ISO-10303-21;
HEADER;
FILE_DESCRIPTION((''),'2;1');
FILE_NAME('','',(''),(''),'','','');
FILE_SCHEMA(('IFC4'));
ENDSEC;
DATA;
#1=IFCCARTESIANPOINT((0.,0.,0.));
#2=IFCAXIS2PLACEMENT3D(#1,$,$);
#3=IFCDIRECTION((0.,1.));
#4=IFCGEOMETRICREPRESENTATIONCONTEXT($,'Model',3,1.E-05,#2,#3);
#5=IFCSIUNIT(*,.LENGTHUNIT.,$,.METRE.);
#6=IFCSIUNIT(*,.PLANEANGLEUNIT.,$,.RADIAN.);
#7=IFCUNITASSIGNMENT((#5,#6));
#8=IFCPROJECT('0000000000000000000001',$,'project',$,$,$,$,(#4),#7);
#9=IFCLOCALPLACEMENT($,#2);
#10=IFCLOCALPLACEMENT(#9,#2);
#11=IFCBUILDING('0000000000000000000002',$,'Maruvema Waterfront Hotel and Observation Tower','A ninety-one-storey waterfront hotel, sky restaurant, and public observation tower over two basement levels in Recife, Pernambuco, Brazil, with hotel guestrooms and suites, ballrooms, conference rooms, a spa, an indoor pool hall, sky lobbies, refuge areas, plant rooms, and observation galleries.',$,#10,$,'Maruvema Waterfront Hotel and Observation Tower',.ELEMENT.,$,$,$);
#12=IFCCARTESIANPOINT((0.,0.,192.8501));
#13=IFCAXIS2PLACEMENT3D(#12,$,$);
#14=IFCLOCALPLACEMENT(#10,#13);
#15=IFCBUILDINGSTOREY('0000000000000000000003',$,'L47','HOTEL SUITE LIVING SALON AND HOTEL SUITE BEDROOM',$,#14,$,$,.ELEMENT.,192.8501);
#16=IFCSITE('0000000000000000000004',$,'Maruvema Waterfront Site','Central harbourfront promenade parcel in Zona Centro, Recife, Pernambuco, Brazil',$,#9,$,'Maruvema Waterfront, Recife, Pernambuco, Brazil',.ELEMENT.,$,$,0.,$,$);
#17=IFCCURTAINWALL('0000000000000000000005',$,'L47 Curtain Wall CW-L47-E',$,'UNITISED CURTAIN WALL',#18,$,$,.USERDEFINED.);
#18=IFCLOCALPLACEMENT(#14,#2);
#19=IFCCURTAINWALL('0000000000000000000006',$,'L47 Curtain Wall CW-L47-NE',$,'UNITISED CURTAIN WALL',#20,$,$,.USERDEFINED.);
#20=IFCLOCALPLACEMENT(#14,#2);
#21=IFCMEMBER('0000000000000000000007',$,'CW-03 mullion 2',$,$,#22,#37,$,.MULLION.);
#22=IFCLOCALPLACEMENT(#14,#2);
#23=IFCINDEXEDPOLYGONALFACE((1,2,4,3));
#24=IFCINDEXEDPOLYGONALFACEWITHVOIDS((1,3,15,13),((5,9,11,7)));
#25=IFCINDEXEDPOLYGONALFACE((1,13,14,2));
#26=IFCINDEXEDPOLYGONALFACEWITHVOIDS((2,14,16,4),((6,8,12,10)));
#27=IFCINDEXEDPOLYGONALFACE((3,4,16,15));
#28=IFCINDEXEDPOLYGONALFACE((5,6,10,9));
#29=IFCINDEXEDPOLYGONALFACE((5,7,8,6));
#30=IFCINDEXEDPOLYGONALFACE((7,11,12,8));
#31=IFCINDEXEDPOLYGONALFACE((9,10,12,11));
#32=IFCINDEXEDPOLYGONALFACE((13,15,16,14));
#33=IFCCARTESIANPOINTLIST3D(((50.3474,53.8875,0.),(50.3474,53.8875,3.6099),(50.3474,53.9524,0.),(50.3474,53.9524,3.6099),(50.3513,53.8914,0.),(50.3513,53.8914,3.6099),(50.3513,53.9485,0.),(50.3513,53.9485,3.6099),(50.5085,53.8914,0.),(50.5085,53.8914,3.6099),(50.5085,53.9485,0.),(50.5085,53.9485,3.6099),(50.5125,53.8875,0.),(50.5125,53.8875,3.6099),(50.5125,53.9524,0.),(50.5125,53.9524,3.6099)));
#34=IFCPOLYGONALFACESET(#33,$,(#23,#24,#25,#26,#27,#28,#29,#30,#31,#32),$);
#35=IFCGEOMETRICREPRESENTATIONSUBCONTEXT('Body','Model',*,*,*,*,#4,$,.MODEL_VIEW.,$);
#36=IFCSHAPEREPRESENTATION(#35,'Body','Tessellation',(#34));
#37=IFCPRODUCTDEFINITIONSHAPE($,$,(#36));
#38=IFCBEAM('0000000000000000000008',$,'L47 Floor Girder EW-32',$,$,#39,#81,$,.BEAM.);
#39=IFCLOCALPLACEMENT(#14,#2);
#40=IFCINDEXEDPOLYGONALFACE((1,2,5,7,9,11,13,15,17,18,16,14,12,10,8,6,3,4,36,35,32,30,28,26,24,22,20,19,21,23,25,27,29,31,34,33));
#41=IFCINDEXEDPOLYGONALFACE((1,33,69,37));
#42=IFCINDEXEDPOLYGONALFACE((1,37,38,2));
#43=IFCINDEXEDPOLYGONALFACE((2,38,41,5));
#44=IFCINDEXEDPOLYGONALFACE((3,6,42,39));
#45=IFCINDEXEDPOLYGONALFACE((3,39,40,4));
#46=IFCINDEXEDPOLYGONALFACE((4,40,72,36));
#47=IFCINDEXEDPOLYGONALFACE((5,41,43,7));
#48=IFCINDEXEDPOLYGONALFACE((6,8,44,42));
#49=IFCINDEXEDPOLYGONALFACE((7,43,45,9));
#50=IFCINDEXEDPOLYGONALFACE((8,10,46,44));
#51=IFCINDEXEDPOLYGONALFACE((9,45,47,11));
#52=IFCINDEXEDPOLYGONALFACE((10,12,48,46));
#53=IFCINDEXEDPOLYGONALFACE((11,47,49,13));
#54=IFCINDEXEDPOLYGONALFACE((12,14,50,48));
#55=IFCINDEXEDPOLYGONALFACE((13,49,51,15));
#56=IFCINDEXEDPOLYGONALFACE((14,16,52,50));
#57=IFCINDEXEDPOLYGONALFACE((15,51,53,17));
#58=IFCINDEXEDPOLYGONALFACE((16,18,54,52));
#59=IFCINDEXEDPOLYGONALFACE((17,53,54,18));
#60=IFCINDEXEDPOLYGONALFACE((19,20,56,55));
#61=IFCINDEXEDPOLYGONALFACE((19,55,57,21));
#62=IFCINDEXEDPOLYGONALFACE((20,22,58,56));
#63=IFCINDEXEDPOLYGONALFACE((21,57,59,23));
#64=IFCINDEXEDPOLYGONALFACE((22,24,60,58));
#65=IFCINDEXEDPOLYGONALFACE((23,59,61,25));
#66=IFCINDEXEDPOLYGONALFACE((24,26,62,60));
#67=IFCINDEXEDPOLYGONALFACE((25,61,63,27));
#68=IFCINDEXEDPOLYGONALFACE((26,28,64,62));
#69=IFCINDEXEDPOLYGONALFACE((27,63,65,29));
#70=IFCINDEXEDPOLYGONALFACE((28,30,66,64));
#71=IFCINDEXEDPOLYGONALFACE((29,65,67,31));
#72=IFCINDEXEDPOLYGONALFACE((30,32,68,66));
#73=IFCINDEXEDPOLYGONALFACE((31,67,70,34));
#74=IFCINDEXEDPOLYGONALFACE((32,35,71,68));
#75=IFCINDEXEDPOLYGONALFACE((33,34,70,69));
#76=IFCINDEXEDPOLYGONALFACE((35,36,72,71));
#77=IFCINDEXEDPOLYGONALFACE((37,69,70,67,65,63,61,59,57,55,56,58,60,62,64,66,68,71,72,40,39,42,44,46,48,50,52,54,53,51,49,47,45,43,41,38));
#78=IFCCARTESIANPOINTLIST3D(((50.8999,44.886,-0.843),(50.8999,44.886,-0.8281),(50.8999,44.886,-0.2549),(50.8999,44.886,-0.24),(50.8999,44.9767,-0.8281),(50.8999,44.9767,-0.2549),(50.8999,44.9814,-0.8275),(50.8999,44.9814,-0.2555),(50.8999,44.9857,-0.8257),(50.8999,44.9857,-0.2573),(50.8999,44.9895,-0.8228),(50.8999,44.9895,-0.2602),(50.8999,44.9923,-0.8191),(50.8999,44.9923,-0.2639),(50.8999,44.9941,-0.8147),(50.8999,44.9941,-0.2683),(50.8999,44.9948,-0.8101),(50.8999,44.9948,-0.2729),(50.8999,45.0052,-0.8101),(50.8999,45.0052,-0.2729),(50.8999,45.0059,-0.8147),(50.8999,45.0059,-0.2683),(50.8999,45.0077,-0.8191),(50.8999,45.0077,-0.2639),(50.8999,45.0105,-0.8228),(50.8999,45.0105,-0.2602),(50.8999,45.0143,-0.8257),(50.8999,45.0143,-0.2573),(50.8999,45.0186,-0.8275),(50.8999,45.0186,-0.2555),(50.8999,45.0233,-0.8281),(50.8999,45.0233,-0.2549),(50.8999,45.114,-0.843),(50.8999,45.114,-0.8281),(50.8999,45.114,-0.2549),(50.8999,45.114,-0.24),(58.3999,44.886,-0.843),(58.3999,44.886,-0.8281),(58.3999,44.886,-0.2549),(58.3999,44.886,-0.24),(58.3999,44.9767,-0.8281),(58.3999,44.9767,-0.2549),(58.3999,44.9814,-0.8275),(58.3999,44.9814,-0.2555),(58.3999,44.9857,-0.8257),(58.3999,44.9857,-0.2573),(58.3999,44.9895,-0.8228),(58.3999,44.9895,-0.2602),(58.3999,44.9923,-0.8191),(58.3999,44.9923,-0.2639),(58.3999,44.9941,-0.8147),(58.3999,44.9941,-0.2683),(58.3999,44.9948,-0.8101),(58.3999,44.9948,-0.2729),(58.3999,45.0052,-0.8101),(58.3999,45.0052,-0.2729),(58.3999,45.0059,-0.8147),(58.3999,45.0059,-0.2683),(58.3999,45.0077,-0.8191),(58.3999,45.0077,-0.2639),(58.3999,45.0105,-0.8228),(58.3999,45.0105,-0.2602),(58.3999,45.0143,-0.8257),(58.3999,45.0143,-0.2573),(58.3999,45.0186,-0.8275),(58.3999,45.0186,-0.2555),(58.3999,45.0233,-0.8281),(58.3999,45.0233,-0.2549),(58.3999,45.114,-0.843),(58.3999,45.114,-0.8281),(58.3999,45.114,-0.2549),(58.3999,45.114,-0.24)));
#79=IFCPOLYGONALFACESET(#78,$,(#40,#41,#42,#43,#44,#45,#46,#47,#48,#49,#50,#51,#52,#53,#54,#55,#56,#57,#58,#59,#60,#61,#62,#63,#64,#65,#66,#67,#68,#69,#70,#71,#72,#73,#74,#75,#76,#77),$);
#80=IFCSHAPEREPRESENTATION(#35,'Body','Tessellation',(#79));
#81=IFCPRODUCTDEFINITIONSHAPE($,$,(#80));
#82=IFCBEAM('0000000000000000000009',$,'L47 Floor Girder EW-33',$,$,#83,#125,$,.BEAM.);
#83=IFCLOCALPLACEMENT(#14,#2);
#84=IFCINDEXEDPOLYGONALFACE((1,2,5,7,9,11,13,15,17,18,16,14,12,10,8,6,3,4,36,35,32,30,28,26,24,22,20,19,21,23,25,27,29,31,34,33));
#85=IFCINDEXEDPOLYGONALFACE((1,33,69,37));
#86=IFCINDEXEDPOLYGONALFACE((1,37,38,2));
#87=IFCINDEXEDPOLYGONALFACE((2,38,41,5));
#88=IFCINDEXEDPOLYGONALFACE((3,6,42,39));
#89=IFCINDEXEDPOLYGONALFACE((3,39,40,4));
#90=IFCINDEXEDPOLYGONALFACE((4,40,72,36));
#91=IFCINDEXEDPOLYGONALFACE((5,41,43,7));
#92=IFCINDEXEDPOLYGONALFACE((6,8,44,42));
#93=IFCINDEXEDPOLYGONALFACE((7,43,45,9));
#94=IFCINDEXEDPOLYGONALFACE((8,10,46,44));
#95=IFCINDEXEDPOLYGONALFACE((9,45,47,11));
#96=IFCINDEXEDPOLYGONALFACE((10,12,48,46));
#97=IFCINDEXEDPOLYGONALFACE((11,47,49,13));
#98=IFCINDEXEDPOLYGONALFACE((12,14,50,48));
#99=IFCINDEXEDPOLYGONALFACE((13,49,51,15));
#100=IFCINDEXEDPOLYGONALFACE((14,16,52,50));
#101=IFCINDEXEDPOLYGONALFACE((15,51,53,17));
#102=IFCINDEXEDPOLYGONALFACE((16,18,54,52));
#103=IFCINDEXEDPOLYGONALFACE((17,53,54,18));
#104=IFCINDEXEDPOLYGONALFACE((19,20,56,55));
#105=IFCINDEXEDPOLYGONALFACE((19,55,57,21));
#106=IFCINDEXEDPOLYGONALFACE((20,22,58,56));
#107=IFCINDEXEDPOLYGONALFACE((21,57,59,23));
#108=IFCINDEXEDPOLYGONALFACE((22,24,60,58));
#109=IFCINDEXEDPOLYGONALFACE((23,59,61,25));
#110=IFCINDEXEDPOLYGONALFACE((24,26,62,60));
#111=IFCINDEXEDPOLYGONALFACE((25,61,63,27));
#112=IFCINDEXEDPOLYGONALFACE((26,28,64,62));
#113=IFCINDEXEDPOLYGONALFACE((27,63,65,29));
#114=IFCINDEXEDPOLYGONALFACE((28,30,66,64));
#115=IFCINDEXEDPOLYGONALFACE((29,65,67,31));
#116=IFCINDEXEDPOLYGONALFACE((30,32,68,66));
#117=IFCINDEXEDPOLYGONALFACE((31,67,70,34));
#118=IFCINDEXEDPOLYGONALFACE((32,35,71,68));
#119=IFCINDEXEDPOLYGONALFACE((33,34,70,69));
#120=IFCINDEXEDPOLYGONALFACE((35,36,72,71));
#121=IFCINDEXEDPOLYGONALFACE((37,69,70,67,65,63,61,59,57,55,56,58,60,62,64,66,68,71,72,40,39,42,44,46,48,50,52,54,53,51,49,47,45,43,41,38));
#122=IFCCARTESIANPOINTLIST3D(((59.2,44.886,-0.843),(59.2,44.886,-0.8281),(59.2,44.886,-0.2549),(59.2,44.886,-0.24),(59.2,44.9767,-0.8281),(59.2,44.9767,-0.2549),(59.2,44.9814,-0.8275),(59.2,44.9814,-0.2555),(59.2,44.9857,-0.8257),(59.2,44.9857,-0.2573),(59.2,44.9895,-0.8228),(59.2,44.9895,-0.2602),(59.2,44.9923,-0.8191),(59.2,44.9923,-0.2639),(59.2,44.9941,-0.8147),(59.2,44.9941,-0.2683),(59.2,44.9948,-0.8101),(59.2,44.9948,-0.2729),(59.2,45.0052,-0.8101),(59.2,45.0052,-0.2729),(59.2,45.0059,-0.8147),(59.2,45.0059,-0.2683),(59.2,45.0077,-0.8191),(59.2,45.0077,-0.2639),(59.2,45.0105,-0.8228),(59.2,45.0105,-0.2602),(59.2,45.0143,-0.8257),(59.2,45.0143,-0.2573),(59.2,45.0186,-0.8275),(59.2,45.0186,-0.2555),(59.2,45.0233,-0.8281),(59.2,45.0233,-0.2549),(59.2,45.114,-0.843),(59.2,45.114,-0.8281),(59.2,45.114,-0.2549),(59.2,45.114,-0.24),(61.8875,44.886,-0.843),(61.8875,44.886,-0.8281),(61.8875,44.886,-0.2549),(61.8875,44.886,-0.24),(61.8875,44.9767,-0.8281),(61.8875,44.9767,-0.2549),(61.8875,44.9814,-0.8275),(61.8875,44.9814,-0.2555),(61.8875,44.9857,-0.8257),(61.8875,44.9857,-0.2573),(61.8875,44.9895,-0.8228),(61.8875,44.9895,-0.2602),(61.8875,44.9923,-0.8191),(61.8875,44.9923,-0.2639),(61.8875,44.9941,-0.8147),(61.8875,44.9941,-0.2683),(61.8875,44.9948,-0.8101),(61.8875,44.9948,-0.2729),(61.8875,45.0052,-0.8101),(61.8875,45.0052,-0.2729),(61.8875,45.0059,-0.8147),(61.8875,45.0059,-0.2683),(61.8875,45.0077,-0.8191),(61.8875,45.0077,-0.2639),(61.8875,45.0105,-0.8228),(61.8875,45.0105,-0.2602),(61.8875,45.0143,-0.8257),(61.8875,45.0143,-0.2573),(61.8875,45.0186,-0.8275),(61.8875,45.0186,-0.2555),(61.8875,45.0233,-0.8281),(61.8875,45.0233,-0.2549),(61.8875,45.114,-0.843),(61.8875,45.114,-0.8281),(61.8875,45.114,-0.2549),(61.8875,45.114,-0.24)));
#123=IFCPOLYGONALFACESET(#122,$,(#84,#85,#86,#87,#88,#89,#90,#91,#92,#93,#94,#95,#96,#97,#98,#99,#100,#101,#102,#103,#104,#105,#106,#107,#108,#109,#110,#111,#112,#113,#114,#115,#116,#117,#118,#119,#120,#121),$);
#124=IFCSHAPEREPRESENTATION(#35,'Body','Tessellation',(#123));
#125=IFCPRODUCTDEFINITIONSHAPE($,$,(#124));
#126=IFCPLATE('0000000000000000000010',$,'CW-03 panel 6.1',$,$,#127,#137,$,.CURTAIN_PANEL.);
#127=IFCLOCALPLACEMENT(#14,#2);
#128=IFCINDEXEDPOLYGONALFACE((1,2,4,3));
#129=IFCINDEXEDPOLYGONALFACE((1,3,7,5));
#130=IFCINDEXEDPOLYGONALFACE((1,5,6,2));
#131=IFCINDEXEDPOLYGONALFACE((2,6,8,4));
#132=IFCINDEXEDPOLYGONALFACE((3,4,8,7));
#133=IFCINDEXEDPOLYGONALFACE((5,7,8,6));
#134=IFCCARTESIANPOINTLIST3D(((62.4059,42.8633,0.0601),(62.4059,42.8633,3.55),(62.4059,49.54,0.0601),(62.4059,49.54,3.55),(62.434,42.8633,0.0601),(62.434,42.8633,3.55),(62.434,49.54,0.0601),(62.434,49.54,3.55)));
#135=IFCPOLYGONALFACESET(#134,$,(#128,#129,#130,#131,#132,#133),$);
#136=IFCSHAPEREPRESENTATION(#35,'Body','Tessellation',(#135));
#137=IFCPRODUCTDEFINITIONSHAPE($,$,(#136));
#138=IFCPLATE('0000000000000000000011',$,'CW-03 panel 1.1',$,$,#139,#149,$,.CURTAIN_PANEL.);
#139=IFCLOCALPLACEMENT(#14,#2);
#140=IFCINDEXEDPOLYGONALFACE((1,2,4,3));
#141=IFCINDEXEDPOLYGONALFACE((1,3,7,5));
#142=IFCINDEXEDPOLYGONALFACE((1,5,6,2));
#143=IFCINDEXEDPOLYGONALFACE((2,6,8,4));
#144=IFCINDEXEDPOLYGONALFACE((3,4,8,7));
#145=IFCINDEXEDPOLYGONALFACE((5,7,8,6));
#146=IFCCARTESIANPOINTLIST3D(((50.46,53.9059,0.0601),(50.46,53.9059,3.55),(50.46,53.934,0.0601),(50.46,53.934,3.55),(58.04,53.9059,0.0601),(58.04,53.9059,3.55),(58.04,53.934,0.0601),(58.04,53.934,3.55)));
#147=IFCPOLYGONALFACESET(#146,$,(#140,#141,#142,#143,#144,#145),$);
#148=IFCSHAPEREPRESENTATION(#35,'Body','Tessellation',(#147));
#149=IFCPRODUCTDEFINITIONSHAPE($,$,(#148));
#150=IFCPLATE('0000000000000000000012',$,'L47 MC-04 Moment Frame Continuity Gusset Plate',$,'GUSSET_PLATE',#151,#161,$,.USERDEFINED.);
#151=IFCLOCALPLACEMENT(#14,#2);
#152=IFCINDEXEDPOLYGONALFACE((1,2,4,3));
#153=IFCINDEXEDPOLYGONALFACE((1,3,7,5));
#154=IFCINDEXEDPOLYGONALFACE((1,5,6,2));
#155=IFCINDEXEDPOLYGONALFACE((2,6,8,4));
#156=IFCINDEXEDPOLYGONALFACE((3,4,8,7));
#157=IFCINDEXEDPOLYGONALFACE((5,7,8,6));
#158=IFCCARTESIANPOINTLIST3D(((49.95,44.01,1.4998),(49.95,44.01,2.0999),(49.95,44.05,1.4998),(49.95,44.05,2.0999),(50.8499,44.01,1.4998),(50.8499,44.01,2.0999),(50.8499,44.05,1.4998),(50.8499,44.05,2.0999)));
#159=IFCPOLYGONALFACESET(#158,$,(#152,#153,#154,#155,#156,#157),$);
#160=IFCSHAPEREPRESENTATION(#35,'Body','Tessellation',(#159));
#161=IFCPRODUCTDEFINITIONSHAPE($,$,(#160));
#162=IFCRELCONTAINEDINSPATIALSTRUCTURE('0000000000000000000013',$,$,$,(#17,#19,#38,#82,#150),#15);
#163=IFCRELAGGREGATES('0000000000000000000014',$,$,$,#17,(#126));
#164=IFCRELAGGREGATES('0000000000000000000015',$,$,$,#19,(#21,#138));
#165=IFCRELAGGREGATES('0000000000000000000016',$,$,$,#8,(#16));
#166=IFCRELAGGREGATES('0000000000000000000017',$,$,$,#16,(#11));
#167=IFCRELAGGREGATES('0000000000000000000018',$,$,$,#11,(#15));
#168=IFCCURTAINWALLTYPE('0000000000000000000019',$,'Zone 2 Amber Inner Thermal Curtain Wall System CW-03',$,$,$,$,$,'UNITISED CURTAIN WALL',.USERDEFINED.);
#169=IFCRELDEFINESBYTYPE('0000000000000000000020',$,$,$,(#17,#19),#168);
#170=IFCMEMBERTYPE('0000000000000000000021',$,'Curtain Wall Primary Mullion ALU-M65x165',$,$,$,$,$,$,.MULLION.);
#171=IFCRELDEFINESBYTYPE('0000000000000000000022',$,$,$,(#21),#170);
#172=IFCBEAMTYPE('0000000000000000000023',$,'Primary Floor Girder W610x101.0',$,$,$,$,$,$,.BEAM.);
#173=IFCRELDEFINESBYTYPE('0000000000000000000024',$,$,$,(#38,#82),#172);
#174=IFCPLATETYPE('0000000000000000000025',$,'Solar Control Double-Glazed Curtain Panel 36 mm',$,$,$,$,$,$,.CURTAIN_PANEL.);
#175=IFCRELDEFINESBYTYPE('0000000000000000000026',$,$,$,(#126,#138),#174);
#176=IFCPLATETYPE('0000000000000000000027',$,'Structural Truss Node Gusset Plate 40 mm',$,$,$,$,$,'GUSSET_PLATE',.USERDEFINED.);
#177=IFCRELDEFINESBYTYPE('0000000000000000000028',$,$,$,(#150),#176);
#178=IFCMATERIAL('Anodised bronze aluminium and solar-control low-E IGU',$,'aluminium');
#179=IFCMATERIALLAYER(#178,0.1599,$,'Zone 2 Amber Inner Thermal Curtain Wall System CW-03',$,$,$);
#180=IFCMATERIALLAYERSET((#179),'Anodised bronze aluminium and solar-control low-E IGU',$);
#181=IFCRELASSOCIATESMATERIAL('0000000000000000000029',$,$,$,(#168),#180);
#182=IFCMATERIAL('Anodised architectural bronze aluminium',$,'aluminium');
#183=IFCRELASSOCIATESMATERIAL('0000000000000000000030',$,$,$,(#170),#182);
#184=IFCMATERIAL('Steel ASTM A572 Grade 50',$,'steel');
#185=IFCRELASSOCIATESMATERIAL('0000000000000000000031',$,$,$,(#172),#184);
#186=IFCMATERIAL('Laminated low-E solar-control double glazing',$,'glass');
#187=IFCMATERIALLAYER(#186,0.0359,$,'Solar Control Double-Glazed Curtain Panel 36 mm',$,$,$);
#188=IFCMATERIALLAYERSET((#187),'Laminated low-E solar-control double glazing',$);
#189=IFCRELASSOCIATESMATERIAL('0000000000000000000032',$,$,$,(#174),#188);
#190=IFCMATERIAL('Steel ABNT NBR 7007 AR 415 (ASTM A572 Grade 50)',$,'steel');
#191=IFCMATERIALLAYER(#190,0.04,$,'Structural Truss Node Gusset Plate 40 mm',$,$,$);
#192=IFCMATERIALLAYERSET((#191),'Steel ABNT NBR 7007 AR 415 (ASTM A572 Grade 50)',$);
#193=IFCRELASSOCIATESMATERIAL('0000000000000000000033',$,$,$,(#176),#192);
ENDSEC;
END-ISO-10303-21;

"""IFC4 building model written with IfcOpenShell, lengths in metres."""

from ifc_helpers import new_model, si_unit, direction, frame, origin, origin_2d, place, context, subcontext, project, spatial, rectangle, hollow_rectangle, i_section, extrude, material, layer, layer_set, material_profile, profile_set, type_object, element, aggregate, save


model = new_model("IFC4")

# Units and contexts
model_context = context("Model", 3, precision=1e-05, world=origin(), true_north=direction((0.0, 1.0)))
body_context = subcontext(model_context, "Body", "Model", "MODEL_VIEW")
ifc_project = project(units=[si_unit("LENGTHUNIT", "METRE"), si_unit("PLANEANGLEUNIT", "RADIAN")], contexts=[model_context])

# Site, building, storey
site_placement = place(None, origin())
site = spatial("IfcSite", under=ifc_project, at=site_placement, Name="Maruvema Waterfront Site", Description="Central harbourfront promenade parcel in Zona Centro, Recife, Pernambuco, Brazil", LongName="Maruvema Waterfront, Recife, Pernambuco, Brazil", CompositionType="ELEMENT", RefElevation=0.0)
building_placement = place(site_placement, origin())
building = spatial("IfcBuilding", under=site, at=building_placement, Name="Maruvema Waterfront Hotel and Observation Tower", Description="A ninety-one-storey waterfront hotel, sky restaurant, and public observation tower over two basement levels in Recife, Pernambuco, Brazil, with hotel guestrooms and suites, ballrooms, conference rooms, a spa, an indoor pool hall, sky lobbies, refuge areas, plant rooms, and observation galleries.", LongName="Maruvema Waterfront Hotel and Observation Tower", CompositionType="ELEMENT")
storey_placement = place(building_placement, frame((0.0, 0.0, 192.8501)))
storey = spatial("IfcBuildingStorey", under=building, at=storey_placement, Name="L47", Description="HOTEL SUITE LIVING SALON AND HOTEL SUITE BEDROOM", CompositionType="ELEMENT", Elevation=192.8501)

# Curtain walls
ifc_material_1 = material(Name="Anodised bronze aluminium and solar-control low-E IGU", Category="aluminium")
ifc_layer_1 = layer(ifc_material_1, 0.1599, Name="Zone 2 Amber Inner Thermal Curtain Wall System CW-03")
ifc_layer_set_1 = layer_set([ifc_layer_1], Name="Anodised bronze aluminium and solar-control low-E IGU")
curtain_wall_type = type_object("IfcCurtainWallType", Name="Zone 2 Amber Inner Thermal Curtain Wall System CW-03", ElementType="UNITISED CURTAIN WALL", PredefinedType="USERDEFINED", material=ifc_layer_set_1)
curtain_wall_1_placement = place(storey_placement, origin())
curtain_wall_1 = element("IfcCurtainWall", 1, at=curtain_wall_1_placement, inside=storey, type_object=curtain_wall_type, Name="L47 Curtain Wall CW-L47-E", ObjectType="UNITISED CURTAIN WALL", PredefinedType="USERDEFINED")
curtain_wall_2_placement = place(storey_placement, origin())
curtain_wall_2 = element("IfcCurtainWall", 2, at=curtain_wall_2_placement, inside=storey, type_object=curtain_wall_type, Name="L47 Curtain Wall CW-L47-NE", ObjectType="UNITISED CURTAIN WALL", PredefinedType="USERDEFINED")

# Member
ifc_material_2 = material(Name="Anodised architectural bronze aluminium", Category="aluminium")
ifc_material_profile_1 = material_profile(ifc_material_2, hollow_rectangle(XDim=0.0649, YDim=0.165, WallThickness=0.0039, at=origin_2d()), Name="ALU-M65x165")
ifc_profile_set_1 = profile_set([ifc_material_profile_1], Name="Anodised architectural bronze aluminium")
member_type_1 = type_object("IfcMemberType", Name="Curtain Wall Primary Mullion ALU-M65x165", PredefinedType="MULLION", material=ifc_profile_set_1)
member_1_placement = place(storey_placement, frame((50.4299, 53.9199, 0.0), z_axis=(0.0, 0.0, 1.0), x_axis=(0.0, -1.0, 0.0)))
member_1 = element("IfcMember", 3, at=member_1_placement, type_object=member_type_1, Name="CW-03 mullion 2", PredefinedType="MULLION", context=body_context, shape_type="SweptSolid", body=[
    extrude(hollow_rectangle(XDim=0.0649, YDim=0.165, WallThickness=0.0039, at=origin_2d()), origin(), (0.0, 0.0, 1.0), 3.6099),
])

# Beams
ifc_material_3 = material(Name="Steel ASTM A572 Grade 50", Category="steel")
ifc_material_profile_2 = material_profile(ifc_material_3, i_section(OverallWidth=0.228, OverallDepth=0.603, WebThickness=0.0105, FlangeThickness=0.0149, FilletRadius=0.0181, at=origin_2d()), Name="W610x101.0")
ifc_profile_set_2 = profile_set([ifc_material_profile_2], Name="Steel ASTM A572 Grade 50")
beam_type = type_object("IfcBeamType", Name="Primary Floor Girder W610x101.0", PredefinedType="BEAM", material=ifc_profile_set_2)
beam_1_placement = place(storey_placement, frame((50.8999, 45.0, -0.5415), z_axis=(1.0, 0.0, 0.0), x_axis=(0.0, 1.0, 0.0)))
element("IfcBeam", 4, at=beam_1_placement, inside=storey, type_object=beam_type, Name="L47 Floor Girder EW-32", PredefinedType="BEAM", context=body_context, shape_type="SweptSolid", body=[
    extrude(i_section(OverallWidth=0.228, OverallDepth=0.603, WebThickness=0.0105, FlangeThickness=0.0149, FilletRadius=0.0181, at=origin_2d()), origin(), (0.0, 0.0, 1.0), 7.5),
])
beam_2_placement = place(storey_placement, frame((59.2, 45.0, -0.5415), z_axis=(1.0, 0.0, 0.0), x_axis=(0.0, 1.0, 0.0)))
element("IfcBeam", 5, at=beam_2_placement, inside=storey, type_object=beam_type, Name="L47 Floor Girder EW-33", PredefinedType="BEAM", context=body_context, shape_type="SweptSolid", body=[
    extrude(i_section(OverallWidth=0.228, OverallDepth=0.603, WebThickness=0.0105, FlangeThickness=0.0149, FilletRadius=0.0181, at=origin_2d()), origin(), (0.0, 0.0, 1.0), 2.6875),
])

# Plates
ifc_material_4 = material(Name="Laminated low-E solar-control double glazing", Category="glass")
ifc_layer_2 = layer(ifc_material_4, 0.0359, Name="Solar Control Double-Glazed Curtain Panel 36 mm")
ifc_layer_set_2 = layer_set([ifc_layer_2], Name="Laminated low-E solar-control double glazing")
plate_type_1 = type_object("IfcPlateType", Name="Solar Control Double-Glazed Curtain Panel 36 mm", PredefinedType="CURTAIN_PANEL", material=ifc_layer_set_2)
plate_1_placement = place(storey_placement, frame((62.4199, 46.2017, 0.0601), z_axis=(0.0, 0.0, 1.0), x_axis=(0.0, 1.0, 0.0)))
plate_1 = element("IfcPlate", 6, at=plate_1_placement, type_object=plate_type_1, Name="CW-03 panel 6.1", PredefinedType="CURTAIN_PANEL", context=body_context, shape_type="SweptSolid", body=[
    extrude(rectangle(XDim=6.6768, YDim=0.0281, at=origin_2d()), origin(), (0.0, 0.0, 1.0), 3.49),
])
aggregate(curtain_wall_1, [plate_1])
plate_2_placement = place(storey_placement, frame((54.25, 53.9199, 0.0601), z_axis=(0.0, 0.0, 1.0), x_axis=(-1.0, 0.0, 0.0)))
plate_2 = element("IfcPlate", 7, at=plate_2_placement, type_object=plate_type_1, Name="CW-03 panel 1.1", PredefinedType="CURTAIN_PANEL", context=body_context, shape_type="SweptSolid", body=[
    extrude(rectangle(XDim=7.5801, YDim=0.0281, at=origin_2d()), origin(), (0.0, 0.0, 1.0), 3.49),
])
aggregate(curtain_wall_2, [member_1, plate_2])
ifc_material_5 = material(Name="Steel ABNT NBR 7007 AR 415 (ASTM A572 Grade 50)", Category="steel")
ifc_layer_3 = layer(ifc_material_5, 0.04, Name="Structural Truss Node Gusset Plate 40 mm")
ifc_layer_set_3 = layer_set([ifc_layer_3], Name="Steel ABNT NBR 7007 AR 415 (ASTM A572 Grade 50)")
plate_type_2 = type_object("IfcPlateType", Name="Structural Truss Node Gusset Plate 40 mm", ElementType="GUSSET_PLATE", PredefinedType="USERDEFINED", material=ifc_layer_set_3)
plate_3_placement = place(storey_placement, frame((50.3999, 44.03, 1.4998), z_axis=(0.0, 0.0, 1.0), x_axis=(1.0, 0.0, 0.0)))
element("IfcPlate", 8, at=plate_3_placement, inside=storey, type_object=plate_type_2, Name="L47 MC-04 Moment Frame Continuity Gusset Plate", ObjectType="GUSSET_PLATE", PredefinedType="USERDEFINED", context=body_context, shape_type="SweptSolid", body=[
    extrude(rectangle(XDim=0.8999, YDim=0.04, at=origin_2d()), origin(), (0.0, 0.0, 1.0), 0.6001),
])

save(model, "model.ifc")
